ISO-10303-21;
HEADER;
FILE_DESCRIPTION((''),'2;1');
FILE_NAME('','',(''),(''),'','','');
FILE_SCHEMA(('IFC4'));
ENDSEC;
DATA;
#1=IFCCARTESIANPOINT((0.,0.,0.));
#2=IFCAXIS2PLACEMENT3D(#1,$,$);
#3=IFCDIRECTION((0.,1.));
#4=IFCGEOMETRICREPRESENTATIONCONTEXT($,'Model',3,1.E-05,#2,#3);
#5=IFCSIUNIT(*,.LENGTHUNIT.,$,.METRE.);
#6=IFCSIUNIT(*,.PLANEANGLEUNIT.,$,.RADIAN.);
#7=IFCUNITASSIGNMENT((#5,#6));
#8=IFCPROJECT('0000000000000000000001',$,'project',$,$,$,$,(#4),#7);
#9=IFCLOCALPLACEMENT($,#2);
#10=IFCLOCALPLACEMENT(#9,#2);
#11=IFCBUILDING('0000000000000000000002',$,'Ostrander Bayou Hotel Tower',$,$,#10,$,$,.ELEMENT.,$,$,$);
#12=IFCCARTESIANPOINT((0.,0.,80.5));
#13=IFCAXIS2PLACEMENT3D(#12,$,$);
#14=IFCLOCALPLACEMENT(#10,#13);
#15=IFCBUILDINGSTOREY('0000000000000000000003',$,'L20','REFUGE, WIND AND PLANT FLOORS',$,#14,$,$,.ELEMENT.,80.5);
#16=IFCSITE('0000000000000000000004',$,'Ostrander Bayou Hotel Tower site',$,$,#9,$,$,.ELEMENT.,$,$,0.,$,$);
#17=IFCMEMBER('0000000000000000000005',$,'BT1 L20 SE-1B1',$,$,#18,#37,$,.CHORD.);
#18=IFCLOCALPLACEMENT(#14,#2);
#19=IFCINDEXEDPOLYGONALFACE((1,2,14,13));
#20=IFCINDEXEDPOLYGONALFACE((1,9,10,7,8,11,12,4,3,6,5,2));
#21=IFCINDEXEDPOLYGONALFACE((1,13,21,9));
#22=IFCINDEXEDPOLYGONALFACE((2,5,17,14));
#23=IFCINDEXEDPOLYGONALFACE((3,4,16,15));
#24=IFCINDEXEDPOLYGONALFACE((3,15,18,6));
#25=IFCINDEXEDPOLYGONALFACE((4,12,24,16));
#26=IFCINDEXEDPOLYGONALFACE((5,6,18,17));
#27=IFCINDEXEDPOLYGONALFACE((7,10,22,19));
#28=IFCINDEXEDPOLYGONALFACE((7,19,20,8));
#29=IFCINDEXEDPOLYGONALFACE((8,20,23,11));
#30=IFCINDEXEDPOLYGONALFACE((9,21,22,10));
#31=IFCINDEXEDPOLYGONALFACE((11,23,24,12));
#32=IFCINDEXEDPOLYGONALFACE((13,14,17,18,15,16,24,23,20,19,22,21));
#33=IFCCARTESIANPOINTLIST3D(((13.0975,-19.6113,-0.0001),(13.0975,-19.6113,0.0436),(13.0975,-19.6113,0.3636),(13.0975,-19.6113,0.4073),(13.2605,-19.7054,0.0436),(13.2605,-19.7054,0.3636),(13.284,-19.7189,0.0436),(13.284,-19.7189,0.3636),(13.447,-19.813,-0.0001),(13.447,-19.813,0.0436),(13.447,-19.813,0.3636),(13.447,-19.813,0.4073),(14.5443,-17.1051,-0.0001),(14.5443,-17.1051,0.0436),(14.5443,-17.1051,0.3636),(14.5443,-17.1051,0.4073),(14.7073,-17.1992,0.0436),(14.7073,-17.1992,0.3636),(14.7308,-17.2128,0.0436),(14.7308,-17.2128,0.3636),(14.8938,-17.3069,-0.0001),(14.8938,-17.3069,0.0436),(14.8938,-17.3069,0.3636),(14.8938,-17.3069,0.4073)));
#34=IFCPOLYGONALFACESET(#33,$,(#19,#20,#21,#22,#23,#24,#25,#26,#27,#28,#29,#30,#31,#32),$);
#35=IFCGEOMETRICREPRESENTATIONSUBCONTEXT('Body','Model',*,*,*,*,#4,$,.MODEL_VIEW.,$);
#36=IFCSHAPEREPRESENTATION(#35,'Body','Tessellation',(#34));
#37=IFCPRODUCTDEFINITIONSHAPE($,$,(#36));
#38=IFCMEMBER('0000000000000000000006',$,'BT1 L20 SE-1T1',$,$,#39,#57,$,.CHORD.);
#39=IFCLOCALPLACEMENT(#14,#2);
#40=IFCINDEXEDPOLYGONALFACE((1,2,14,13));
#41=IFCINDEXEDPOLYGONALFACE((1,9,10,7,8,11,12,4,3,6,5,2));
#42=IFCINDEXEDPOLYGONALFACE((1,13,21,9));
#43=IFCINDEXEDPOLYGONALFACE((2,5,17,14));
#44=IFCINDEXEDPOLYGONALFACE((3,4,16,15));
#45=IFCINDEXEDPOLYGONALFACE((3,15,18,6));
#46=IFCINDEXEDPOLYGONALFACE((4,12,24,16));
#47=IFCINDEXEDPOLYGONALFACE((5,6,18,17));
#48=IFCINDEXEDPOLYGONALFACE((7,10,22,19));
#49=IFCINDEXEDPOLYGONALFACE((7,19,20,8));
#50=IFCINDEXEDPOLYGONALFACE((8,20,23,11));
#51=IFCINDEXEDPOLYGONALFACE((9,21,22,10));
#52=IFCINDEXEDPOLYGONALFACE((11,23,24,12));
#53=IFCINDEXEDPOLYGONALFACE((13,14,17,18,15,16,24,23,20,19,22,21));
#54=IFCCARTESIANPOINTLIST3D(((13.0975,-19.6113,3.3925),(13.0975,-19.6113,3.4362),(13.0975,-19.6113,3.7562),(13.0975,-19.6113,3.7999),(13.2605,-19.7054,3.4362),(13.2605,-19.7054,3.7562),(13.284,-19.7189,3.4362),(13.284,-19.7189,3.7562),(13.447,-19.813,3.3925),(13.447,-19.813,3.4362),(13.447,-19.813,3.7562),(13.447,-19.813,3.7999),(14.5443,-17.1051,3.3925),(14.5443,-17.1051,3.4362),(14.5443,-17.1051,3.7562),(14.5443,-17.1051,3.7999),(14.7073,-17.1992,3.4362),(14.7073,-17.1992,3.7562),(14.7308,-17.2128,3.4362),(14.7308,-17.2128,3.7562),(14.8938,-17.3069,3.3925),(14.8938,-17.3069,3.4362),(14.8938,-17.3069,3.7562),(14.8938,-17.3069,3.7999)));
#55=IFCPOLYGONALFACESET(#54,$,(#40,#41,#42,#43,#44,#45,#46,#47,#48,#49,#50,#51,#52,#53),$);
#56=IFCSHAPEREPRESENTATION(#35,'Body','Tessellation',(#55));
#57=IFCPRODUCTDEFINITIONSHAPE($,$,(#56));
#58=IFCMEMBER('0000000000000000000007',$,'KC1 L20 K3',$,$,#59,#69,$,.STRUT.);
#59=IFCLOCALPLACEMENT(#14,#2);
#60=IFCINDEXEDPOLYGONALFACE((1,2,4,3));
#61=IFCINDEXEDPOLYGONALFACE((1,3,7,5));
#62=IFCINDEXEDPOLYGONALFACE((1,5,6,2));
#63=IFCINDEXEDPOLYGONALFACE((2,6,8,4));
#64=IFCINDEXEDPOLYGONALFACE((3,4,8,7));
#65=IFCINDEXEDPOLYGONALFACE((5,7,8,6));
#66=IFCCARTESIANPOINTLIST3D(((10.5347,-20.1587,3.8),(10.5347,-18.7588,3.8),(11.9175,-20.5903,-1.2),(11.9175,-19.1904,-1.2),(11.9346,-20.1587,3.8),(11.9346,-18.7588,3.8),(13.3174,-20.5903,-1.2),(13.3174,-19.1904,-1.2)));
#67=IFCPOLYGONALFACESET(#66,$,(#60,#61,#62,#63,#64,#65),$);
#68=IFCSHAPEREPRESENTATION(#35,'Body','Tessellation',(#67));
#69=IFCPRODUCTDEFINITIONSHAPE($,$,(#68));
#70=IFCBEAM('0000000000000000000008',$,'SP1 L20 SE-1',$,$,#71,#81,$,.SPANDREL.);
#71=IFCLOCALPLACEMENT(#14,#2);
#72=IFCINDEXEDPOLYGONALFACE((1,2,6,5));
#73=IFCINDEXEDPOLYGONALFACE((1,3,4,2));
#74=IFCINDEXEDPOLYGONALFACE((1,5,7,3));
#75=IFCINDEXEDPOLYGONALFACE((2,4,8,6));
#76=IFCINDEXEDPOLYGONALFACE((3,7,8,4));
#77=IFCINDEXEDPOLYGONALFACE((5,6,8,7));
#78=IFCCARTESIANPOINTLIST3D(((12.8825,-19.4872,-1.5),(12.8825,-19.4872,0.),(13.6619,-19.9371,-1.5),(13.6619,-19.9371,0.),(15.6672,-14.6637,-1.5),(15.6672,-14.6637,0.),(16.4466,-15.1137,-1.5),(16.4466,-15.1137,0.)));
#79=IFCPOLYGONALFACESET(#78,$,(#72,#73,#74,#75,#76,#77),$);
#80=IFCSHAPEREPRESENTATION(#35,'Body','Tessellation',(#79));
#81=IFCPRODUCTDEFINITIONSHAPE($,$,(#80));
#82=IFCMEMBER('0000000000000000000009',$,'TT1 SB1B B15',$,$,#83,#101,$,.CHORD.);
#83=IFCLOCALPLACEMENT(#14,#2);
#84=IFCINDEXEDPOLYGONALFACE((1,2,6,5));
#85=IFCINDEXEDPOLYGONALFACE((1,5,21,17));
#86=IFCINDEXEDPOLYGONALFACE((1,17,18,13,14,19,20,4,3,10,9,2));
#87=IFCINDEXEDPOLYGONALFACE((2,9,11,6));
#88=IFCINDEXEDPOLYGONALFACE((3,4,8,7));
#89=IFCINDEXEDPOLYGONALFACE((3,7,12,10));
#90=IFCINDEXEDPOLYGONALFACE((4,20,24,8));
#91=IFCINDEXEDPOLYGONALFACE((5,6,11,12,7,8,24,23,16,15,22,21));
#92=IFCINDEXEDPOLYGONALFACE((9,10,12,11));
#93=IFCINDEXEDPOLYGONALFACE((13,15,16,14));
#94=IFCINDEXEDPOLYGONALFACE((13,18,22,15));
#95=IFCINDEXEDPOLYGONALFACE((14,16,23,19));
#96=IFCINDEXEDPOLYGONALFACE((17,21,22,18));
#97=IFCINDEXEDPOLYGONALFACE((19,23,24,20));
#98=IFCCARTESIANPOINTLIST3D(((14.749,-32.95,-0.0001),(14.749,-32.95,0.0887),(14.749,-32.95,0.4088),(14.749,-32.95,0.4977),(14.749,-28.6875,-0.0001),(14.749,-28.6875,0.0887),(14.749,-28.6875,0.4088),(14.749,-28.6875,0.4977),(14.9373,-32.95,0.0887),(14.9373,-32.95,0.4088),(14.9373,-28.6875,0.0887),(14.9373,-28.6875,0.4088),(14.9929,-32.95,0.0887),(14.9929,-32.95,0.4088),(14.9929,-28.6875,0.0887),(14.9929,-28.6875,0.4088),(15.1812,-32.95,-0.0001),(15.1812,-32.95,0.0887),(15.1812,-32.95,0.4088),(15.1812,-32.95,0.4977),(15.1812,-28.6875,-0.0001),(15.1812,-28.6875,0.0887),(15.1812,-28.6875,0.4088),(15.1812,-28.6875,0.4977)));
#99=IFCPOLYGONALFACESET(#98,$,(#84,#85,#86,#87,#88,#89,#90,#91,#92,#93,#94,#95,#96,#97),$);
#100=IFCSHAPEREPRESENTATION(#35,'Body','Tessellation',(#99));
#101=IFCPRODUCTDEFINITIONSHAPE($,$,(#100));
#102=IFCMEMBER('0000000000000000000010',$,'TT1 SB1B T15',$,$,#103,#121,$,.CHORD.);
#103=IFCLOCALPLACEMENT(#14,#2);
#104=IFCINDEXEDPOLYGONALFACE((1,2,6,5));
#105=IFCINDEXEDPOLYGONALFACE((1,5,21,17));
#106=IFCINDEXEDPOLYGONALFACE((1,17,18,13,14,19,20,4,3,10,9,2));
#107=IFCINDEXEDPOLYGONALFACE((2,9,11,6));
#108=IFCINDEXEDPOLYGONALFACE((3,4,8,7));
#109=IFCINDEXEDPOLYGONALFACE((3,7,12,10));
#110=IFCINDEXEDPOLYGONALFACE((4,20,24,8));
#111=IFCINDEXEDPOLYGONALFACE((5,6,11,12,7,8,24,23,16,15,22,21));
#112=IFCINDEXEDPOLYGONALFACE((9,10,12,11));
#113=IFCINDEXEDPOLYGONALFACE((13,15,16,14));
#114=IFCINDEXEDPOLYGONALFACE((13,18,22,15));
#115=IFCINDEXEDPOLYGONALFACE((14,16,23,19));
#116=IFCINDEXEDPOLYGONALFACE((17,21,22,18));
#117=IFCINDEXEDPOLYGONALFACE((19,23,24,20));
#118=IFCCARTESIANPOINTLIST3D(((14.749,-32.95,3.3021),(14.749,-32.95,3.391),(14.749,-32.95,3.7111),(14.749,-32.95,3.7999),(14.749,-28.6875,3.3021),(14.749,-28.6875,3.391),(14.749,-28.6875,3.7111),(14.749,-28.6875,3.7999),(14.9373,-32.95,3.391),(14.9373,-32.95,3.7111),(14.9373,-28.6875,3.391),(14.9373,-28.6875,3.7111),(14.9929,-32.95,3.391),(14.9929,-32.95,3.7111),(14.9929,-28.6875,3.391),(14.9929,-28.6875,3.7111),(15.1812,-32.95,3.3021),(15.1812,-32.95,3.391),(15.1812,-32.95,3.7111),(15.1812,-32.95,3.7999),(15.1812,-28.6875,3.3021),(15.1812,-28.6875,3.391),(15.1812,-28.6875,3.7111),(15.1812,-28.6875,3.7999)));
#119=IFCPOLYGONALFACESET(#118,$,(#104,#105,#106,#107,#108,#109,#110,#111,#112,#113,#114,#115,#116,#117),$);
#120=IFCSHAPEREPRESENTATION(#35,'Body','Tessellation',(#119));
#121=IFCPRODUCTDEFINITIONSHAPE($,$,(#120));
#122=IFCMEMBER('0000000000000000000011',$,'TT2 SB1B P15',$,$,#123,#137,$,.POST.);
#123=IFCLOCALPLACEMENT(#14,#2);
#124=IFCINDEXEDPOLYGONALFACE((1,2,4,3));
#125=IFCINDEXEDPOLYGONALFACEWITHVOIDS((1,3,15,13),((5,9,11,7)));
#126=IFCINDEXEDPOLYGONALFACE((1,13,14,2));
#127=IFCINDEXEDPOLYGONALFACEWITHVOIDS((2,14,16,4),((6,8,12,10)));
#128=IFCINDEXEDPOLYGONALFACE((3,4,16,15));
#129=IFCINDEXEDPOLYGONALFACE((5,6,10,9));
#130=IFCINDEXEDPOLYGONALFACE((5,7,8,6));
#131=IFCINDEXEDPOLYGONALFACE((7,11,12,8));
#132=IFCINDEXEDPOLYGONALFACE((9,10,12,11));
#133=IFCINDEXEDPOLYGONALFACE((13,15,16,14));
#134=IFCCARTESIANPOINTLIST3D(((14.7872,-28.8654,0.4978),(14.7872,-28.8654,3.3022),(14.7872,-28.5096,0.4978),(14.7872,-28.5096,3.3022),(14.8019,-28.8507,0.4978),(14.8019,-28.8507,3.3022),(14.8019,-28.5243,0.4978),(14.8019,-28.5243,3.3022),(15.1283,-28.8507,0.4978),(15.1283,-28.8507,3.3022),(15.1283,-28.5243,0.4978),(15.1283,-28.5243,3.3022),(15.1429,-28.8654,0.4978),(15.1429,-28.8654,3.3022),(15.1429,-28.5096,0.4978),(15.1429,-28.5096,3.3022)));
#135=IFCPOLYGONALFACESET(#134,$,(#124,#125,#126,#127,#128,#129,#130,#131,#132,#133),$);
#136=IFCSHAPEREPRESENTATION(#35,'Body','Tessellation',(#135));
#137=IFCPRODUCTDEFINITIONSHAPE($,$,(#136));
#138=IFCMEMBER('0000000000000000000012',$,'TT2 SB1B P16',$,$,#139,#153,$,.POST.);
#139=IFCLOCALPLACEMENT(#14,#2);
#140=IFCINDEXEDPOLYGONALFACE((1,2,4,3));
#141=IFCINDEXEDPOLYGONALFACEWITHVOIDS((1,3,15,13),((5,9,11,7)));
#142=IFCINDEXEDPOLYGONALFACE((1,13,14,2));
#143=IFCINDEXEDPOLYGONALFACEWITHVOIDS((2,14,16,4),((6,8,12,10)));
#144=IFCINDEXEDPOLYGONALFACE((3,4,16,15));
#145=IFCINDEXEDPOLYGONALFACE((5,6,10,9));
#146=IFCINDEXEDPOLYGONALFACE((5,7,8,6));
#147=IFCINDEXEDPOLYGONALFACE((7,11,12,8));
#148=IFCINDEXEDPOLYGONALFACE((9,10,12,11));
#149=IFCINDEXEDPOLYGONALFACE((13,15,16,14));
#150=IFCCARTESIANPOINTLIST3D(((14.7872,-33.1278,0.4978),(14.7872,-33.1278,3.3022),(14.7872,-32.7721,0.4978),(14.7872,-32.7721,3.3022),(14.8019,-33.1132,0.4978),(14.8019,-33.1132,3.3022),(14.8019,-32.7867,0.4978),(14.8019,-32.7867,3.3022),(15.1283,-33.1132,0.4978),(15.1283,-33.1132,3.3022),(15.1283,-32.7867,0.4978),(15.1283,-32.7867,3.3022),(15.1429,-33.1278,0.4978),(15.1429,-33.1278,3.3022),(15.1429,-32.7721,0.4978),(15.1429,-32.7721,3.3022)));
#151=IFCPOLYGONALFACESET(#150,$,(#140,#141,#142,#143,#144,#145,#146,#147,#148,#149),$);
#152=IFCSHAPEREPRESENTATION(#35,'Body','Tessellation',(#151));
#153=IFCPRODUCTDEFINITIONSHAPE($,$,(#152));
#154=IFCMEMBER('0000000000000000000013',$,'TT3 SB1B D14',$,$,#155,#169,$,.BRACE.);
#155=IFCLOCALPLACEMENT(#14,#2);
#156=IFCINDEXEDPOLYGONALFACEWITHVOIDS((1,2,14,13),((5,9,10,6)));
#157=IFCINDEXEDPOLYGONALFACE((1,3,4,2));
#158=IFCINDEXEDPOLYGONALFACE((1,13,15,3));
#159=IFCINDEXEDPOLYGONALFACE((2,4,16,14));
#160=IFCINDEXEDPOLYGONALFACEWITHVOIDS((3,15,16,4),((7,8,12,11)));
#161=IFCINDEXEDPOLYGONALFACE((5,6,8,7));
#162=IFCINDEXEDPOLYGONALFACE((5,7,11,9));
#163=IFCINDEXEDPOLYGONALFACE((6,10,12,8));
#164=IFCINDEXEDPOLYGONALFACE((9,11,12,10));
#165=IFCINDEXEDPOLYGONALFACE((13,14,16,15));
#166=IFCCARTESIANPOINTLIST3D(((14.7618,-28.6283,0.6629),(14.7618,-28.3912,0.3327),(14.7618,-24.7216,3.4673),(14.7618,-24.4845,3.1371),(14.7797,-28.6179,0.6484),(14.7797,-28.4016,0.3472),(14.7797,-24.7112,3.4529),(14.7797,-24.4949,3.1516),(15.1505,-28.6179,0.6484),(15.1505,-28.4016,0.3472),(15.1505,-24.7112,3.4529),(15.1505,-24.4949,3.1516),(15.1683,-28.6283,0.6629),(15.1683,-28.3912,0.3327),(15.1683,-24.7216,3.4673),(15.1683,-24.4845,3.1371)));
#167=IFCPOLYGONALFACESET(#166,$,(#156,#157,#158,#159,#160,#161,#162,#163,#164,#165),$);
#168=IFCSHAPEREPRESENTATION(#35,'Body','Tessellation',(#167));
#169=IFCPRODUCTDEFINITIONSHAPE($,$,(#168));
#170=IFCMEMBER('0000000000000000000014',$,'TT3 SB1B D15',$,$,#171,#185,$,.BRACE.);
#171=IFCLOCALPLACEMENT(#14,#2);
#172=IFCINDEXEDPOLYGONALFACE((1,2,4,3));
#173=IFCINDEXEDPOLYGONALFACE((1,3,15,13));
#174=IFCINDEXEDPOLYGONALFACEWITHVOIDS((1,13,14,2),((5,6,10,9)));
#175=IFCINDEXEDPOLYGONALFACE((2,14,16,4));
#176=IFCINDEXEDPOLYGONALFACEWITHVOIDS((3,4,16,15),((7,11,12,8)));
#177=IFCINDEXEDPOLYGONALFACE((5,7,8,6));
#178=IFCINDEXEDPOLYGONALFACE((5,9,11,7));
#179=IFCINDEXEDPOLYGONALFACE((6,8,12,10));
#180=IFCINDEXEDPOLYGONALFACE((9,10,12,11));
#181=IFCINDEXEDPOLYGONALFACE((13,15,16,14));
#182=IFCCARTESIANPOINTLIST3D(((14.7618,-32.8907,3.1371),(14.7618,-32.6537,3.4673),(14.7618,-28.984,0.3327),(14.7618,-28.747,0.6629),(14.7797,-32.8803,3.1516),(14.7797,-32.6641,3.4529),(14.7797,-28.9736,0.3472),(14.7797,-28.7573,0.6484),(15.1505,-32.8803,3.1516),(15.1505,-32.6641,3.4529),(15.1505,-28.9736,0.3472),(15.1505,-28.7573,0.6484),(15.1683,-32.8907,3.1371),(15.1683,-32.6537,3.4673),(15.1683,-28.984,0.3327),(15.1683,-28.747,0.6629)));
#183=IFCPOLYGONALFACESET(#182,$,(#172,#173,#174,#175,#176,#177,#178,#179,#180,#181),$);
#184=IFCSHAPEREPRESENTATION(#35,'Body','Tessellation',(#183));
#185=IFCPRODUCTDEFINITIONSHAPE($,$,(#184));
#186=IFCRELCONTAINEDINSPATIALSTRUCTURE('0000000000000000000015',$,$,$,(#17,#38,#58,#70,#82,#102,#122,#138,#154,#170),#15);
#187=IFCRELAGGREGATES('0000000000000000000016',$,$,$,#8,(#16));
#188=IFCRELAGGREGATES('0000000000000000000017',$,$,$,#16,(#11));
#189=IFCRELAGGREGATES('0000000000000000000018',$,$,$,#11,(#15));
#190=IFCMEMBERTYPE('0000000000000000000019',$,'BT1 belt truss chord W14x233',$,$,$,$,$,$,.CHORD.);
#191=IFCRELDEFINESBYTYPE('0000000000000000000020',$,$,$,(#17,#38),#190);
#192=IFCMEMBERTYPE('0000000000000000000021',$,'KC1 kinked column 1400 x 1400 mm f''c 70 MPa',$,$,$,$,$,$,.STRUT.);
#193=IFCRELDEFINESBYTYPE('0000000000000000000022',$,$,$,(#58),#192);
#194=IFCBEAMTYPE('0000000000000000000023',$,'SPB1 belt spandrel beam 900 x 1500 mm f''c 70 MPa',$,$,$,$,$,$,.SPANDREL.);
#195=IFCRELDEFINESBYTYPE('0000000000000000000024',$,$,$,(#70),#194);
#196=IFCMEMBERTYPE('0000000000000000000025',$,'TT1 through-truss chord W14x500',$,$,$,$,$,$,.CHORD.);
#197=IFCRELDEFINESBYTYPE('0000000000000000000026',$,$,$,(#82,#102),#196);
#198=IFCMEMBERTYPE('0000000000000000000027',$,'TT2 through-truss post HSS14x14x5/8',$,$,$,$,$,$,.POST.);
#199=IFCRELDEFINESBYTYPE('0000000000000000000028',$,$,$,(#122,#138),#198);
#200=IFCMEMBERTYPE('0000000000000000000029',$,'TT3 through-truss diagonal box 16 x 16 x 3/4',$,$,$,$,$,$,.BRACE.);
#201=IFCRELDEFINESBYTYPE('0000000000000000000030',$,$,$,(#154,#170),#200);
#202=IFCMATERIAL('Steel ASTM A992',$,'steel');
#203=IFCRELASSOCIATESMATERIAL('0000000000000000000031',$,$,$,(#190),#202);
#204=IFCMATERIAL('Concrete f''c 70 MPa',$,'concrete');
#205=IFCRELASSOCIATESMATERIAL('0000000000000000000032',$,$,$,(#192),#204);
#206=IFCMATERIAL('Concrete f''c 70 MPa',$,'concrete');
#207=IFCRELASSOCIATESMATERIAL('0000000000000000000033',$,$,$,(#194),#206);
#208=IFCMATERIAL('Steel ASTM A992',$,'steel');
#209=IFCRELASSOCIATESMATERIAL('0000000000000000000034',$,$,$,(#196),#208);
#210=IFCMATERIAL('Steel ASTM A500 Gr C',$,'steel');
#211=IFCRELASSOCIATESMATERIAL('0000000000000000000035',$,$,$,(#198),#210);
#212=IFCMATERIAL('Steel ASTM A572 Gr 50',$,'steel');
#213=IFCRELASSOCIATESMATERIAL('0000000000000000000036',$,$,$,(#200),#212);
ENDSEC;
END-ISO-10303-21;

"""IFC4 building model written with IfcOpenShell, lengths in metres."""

from ifc_helpers import new_model, si_unit, direction, frame, origin, origin_2d, place, context, subcontext, project, spatial, rectangle, hollow_rectangle, i_section, extrude, material, material_profile, profile_set, type_object, element, save


model = new_model("IFC4")

# Units and contexts
model_context = context("Model", 3, precision=1e-05, world=origin(), true_north=direction((0.0, 1.0)))
body_context = subcontext(model_context, "Body", "Model", "MODEL_VIEW")
ifc_project = project(units=[si_unit("LENGTHUNIT", "METRE"), si_unit("PLANEANGLEUNIT", "RADIAN")], contexts=[model_context])

# Site, building, storey
site_placement = place(None, origin())
site = spatial("IfcSite", under=ifc_project, at=site_placement, Name="Ostrander Bayou Hotel Tower site", CompositionType="ELEMENT", RefElevation=0.0)
building_placement = place(site_placement, origin())
building = spatial("IfcBuilding", under=site, at=building_placement, Name="Ostrander Bayou Hotel Tower", CompositionType="ELEMENT")
storey_placement = place(building_placement, frame((0.0, 0.0, 80.5)))
storey = spatial("IfcBuildingStorey", under=building, at=storey_placement, Name="L20", Description="REFUGE, WIND AND PLANT FLOORS", CompositionType="ELEMENT", Elevation=80.5)

# Members
ifc_material_1 = material(Name="Steel ASTM A992", Category="steel")
ifc_material_profile_1 = material_profile(ifc_material_1, i_section(OverallWidth=0.4036, OverallDepth=0.4075, WebThickness=0.0271, FlangeThickness=0.0437, at=origin_2d()))
ifc_profile_set_1 = profile_set([ifc_material_profile_1], Name="Steel ASTM A992")
member_type_1 = type_object("IfcMemberType", Name="BT1 belt truss chord W14x233", PredefinedType="CHORD", material=ifc_profile_set_1)
for number, where, z_axis, x_axis, name in (
    (1, (13.2722, -19.7122, 0.2036), (0.499968, 0.866044, 0.0), (-0.866044, 0.499968, 0.0), "BT1 L20 SE-1B1"),
    (2, (13.2722, -19.7122, 3.5962), (0.499968, 0.866044, 0.0), (-0.866044, 0.499968, 0.0), "BT1 L20 SE-1T1"),
):
    element("IfcMember", number, at=place(storey_placement, frame(where, z_axis=z_axis, x_axis=x_axis)), inside=storey, type_object=member_type_1, Name=name, PredefinedType="CHORD", context=body_context, shape_type="SweptSolid", body=[
        extrude(i_section(OverallWidth=0.4036, OverallDepth=0.4075, WebThickness=0.0271, FlangeThickness=0.0437, at=origin_2d()), origin(), (0.0, 0.0, 1.0), 2.8938),
    ])
ifc_material_2 = material(Name="Concrete f'c 70 MPa", Category="concrete")
ifc_material_profile_2 = material_profile(ifc_material_2, rectangle(XDim=1.3999, YDim=1.3999, at=origin_2d()))
ifc_profile_set_2 = profile_set([ifc_material_profile_2], Name="Concrete f'c 70 MPa")
member_type_2 = type_object("IfcMemberType", Name="KC1 kinked column 1400 x 1400 mm f'c 70 MPa", PredefinedType="STRUT", material=ifc_profile_set_2)
member_placement = place(storey_placement, frame((12.6174, -19.8904, -1.2), z_axis=(0.0, 0.0, 1.0), x_axis=(1.0, 0.0, 0.0)))
element("IfcMember", 3, at=member_placement, inside=storey, type_object=member_type_2, Name="KC1 L20 K3", PredefinedType="STRUT", context=body_context, shape_type="SweptSolid", body=[
    extrude(rectangle(XDim=1.3999, YDim=1.3999, at=origin_2d()), origin(), (-0.265638, 0.082918, 0.9605), 5.2056),
])

# Beam
ifc_material_3 = material(Name="Concrete f'c 70 MPa", Category="concrete")
ifc_material_profile_3 = material_profile(ifc_material_3, rectangle(XDim=0.8999, YDim=1.5, at=origin_2d()))
ifc_profile_set_3 = profile_set([ifc_material_profile_3], Name="Concrete f'c 70 MPa")
beam_type = type_object("IfcBeamType", Name="SPB1 belt spandrel beam 900 x 1500 mm f'c 70 MPa", PredefinedType="SPANDREL", material=ifc_profile_set_3)
beam_placement = place(storey_placement, frame((13.2722, -19.7122, -0.75), z_axis=(0.499977, 0.866039, 0.0), x_axis=(-0.866039, 0.499977, 0.0)))
element("IfcBeam", 4, at=beam_placement, inside=storey, type_object=beam_type, Name="SP1 L20 SE-1", PredefinedType="SPANDREL", context=body_context, shape_type="SweptSolid", body=[
    extrude(rectangle(XDim=0.8999, YDim=1.5, at=origin_2d()), origin(), (0.0, 0.0, 1.0), 5.5696),
])

# Members
ifc_material_4 = material(Name="Steel ASTM A992", Category="steel")
ifc_material_profile_4 = material_profile(ifc_material_4, i_section(OverallWidth=0.4321, OverallDepth=0.4978, WebThickness=0.0557, FlangeThickness=0.0889, at=origin_2d()))
ifc_profile_set_4 = profile_set([ifc_material_profile_4], Name="Steel ASTM A992")
member_type_3 = type_object("IfcMemberType", Name="TT1 through-truss chord W14x500", PredefinedType="CHORD", material=ifc_profile_set_4)
for number, where, z_axis, x_axis, name in (
    (5, (14.9651, -28.6875, 0.2488), (0.0, -1.0, 0.0), (1.0, 0.0, 0.0), "TT1 SB1B B15"),
    (6, (14.9651, -28.6875, 3.551), (0.0, -1.0, 0.0), (1.0, 0.0, 0.0), "TT1 SB1B T15"),
):
    element("IfcMember", number, at=place(storey_placement, frame(where, z_axis=z_axis, x_axis=x_axis)), inside=storey, type_object=member_type_3, Name=name, PredefinedType="CHORD", context=body_context, shape_type="SweptSolid", body=[
        extrude(i_section(OverallWidth=0.4321, OverallDepth=0.4978, WebThickness=0.0557, FlangeThickness=0.0889, at=origin_2d()), origin(), (0.0, 0.0, 1.0), 4.2625),
    ])
ifc_material_5 = material(Name="Steel ASTM A500 Gr C", Category="steel")
ifc_material_profile_5 = material_profile(ifc_material_5, hollow_rectangle(XDim=0.3557, YDim=0.3557, WallThickness=0.0146, at=origin_2d()))
ifc_profile_set_5 = profile_set([ifc_material_profile_5], Name="Steel ASTM A500 Gr C")
member_type_4 = type_object("IfcMemberType", Name="TT2 through-truss post HSS14x14x5/8", PredefinedType="POST", material=ifc_profile_set_5)
for number, where, z_axis, x_axis, name in (
    (7, (14.9651, -28.6875, 0.4978), (0.0, 0.0, 1.0), (1.0, 0.0, 0.0), "TT2 SB1B P15"),
    (8, (14.9651, -32.95, 0.4978), (0.0, 0.0, 1.0), (1.0, 0.0, 0.0), "TT2 SB1B P16"),
):
    element("IfcMember", number, at=place(storey_placement, frame(where, z_axis=z_axis, x_axis=x_axis)), inside=storey, type_object=member_type_4, Name=name, PredefinedType="POST", context=body_context, shape_type="SweptSolid", body=[
        extrude(hollow_rectangle(XDim=0.3557, YDim=0.3557, WallThickness=0.0146, at=origin_2d()), origin(), (0.0, 0.0, 1.0), 2.8044),
    ])
ifc_material_6 = material(Name="Steel ASTM A572 Gr 50", Category="steel")
ifc_material_profile_6 = material_profile(ifc_material_6, hollow_rectangle(XDim=0.4065, YDim=0.4065, WallThickness=0.0178, at=origin_2d()))
ifc_profile_set_6 = profile_set([ifc_material_profile_6], Name="Steel ASTM A572 Gr 50")
member_type_5 = type_object("IfcMemberType", Name="TT3 through-truss diagonal box 16 x 16 x 3/4", PredefinedType="BRACE", material=ifc_profile_set_6)
for number, where, z_axis, x_axis, name in (
    (9, (14.9651, -28.5098, 0.4978), (0.0, 0.812363, 0.583153), (-1.0, 0.0, 0.0), "TT3 SB1B D14"),
    (10, (14.9651, -28.8655, 0.4978), (0.0, -0.812363, 0.583153), (1.0, 0.0, 0.0), "TT3 SB1B D15"),
):
    element("IfcMember", number, at=place(storey_placement, frame(where, z_axis=z_axis, x_axis=x_axis)), inside=storey, type_object=member_type_5, Name=name, PredefinedType="BRACE", context=body_context, shape_type="SweptSolid", body=[
        extrude(hollow_rectangle(XDim=0.4065, YDim=0.4065, WallThickness=0.0178, at=origin_2d()), origin(), (0.0, 0.0, 1.0), 4.8091),
    ])

save(model, "model.ifc")
